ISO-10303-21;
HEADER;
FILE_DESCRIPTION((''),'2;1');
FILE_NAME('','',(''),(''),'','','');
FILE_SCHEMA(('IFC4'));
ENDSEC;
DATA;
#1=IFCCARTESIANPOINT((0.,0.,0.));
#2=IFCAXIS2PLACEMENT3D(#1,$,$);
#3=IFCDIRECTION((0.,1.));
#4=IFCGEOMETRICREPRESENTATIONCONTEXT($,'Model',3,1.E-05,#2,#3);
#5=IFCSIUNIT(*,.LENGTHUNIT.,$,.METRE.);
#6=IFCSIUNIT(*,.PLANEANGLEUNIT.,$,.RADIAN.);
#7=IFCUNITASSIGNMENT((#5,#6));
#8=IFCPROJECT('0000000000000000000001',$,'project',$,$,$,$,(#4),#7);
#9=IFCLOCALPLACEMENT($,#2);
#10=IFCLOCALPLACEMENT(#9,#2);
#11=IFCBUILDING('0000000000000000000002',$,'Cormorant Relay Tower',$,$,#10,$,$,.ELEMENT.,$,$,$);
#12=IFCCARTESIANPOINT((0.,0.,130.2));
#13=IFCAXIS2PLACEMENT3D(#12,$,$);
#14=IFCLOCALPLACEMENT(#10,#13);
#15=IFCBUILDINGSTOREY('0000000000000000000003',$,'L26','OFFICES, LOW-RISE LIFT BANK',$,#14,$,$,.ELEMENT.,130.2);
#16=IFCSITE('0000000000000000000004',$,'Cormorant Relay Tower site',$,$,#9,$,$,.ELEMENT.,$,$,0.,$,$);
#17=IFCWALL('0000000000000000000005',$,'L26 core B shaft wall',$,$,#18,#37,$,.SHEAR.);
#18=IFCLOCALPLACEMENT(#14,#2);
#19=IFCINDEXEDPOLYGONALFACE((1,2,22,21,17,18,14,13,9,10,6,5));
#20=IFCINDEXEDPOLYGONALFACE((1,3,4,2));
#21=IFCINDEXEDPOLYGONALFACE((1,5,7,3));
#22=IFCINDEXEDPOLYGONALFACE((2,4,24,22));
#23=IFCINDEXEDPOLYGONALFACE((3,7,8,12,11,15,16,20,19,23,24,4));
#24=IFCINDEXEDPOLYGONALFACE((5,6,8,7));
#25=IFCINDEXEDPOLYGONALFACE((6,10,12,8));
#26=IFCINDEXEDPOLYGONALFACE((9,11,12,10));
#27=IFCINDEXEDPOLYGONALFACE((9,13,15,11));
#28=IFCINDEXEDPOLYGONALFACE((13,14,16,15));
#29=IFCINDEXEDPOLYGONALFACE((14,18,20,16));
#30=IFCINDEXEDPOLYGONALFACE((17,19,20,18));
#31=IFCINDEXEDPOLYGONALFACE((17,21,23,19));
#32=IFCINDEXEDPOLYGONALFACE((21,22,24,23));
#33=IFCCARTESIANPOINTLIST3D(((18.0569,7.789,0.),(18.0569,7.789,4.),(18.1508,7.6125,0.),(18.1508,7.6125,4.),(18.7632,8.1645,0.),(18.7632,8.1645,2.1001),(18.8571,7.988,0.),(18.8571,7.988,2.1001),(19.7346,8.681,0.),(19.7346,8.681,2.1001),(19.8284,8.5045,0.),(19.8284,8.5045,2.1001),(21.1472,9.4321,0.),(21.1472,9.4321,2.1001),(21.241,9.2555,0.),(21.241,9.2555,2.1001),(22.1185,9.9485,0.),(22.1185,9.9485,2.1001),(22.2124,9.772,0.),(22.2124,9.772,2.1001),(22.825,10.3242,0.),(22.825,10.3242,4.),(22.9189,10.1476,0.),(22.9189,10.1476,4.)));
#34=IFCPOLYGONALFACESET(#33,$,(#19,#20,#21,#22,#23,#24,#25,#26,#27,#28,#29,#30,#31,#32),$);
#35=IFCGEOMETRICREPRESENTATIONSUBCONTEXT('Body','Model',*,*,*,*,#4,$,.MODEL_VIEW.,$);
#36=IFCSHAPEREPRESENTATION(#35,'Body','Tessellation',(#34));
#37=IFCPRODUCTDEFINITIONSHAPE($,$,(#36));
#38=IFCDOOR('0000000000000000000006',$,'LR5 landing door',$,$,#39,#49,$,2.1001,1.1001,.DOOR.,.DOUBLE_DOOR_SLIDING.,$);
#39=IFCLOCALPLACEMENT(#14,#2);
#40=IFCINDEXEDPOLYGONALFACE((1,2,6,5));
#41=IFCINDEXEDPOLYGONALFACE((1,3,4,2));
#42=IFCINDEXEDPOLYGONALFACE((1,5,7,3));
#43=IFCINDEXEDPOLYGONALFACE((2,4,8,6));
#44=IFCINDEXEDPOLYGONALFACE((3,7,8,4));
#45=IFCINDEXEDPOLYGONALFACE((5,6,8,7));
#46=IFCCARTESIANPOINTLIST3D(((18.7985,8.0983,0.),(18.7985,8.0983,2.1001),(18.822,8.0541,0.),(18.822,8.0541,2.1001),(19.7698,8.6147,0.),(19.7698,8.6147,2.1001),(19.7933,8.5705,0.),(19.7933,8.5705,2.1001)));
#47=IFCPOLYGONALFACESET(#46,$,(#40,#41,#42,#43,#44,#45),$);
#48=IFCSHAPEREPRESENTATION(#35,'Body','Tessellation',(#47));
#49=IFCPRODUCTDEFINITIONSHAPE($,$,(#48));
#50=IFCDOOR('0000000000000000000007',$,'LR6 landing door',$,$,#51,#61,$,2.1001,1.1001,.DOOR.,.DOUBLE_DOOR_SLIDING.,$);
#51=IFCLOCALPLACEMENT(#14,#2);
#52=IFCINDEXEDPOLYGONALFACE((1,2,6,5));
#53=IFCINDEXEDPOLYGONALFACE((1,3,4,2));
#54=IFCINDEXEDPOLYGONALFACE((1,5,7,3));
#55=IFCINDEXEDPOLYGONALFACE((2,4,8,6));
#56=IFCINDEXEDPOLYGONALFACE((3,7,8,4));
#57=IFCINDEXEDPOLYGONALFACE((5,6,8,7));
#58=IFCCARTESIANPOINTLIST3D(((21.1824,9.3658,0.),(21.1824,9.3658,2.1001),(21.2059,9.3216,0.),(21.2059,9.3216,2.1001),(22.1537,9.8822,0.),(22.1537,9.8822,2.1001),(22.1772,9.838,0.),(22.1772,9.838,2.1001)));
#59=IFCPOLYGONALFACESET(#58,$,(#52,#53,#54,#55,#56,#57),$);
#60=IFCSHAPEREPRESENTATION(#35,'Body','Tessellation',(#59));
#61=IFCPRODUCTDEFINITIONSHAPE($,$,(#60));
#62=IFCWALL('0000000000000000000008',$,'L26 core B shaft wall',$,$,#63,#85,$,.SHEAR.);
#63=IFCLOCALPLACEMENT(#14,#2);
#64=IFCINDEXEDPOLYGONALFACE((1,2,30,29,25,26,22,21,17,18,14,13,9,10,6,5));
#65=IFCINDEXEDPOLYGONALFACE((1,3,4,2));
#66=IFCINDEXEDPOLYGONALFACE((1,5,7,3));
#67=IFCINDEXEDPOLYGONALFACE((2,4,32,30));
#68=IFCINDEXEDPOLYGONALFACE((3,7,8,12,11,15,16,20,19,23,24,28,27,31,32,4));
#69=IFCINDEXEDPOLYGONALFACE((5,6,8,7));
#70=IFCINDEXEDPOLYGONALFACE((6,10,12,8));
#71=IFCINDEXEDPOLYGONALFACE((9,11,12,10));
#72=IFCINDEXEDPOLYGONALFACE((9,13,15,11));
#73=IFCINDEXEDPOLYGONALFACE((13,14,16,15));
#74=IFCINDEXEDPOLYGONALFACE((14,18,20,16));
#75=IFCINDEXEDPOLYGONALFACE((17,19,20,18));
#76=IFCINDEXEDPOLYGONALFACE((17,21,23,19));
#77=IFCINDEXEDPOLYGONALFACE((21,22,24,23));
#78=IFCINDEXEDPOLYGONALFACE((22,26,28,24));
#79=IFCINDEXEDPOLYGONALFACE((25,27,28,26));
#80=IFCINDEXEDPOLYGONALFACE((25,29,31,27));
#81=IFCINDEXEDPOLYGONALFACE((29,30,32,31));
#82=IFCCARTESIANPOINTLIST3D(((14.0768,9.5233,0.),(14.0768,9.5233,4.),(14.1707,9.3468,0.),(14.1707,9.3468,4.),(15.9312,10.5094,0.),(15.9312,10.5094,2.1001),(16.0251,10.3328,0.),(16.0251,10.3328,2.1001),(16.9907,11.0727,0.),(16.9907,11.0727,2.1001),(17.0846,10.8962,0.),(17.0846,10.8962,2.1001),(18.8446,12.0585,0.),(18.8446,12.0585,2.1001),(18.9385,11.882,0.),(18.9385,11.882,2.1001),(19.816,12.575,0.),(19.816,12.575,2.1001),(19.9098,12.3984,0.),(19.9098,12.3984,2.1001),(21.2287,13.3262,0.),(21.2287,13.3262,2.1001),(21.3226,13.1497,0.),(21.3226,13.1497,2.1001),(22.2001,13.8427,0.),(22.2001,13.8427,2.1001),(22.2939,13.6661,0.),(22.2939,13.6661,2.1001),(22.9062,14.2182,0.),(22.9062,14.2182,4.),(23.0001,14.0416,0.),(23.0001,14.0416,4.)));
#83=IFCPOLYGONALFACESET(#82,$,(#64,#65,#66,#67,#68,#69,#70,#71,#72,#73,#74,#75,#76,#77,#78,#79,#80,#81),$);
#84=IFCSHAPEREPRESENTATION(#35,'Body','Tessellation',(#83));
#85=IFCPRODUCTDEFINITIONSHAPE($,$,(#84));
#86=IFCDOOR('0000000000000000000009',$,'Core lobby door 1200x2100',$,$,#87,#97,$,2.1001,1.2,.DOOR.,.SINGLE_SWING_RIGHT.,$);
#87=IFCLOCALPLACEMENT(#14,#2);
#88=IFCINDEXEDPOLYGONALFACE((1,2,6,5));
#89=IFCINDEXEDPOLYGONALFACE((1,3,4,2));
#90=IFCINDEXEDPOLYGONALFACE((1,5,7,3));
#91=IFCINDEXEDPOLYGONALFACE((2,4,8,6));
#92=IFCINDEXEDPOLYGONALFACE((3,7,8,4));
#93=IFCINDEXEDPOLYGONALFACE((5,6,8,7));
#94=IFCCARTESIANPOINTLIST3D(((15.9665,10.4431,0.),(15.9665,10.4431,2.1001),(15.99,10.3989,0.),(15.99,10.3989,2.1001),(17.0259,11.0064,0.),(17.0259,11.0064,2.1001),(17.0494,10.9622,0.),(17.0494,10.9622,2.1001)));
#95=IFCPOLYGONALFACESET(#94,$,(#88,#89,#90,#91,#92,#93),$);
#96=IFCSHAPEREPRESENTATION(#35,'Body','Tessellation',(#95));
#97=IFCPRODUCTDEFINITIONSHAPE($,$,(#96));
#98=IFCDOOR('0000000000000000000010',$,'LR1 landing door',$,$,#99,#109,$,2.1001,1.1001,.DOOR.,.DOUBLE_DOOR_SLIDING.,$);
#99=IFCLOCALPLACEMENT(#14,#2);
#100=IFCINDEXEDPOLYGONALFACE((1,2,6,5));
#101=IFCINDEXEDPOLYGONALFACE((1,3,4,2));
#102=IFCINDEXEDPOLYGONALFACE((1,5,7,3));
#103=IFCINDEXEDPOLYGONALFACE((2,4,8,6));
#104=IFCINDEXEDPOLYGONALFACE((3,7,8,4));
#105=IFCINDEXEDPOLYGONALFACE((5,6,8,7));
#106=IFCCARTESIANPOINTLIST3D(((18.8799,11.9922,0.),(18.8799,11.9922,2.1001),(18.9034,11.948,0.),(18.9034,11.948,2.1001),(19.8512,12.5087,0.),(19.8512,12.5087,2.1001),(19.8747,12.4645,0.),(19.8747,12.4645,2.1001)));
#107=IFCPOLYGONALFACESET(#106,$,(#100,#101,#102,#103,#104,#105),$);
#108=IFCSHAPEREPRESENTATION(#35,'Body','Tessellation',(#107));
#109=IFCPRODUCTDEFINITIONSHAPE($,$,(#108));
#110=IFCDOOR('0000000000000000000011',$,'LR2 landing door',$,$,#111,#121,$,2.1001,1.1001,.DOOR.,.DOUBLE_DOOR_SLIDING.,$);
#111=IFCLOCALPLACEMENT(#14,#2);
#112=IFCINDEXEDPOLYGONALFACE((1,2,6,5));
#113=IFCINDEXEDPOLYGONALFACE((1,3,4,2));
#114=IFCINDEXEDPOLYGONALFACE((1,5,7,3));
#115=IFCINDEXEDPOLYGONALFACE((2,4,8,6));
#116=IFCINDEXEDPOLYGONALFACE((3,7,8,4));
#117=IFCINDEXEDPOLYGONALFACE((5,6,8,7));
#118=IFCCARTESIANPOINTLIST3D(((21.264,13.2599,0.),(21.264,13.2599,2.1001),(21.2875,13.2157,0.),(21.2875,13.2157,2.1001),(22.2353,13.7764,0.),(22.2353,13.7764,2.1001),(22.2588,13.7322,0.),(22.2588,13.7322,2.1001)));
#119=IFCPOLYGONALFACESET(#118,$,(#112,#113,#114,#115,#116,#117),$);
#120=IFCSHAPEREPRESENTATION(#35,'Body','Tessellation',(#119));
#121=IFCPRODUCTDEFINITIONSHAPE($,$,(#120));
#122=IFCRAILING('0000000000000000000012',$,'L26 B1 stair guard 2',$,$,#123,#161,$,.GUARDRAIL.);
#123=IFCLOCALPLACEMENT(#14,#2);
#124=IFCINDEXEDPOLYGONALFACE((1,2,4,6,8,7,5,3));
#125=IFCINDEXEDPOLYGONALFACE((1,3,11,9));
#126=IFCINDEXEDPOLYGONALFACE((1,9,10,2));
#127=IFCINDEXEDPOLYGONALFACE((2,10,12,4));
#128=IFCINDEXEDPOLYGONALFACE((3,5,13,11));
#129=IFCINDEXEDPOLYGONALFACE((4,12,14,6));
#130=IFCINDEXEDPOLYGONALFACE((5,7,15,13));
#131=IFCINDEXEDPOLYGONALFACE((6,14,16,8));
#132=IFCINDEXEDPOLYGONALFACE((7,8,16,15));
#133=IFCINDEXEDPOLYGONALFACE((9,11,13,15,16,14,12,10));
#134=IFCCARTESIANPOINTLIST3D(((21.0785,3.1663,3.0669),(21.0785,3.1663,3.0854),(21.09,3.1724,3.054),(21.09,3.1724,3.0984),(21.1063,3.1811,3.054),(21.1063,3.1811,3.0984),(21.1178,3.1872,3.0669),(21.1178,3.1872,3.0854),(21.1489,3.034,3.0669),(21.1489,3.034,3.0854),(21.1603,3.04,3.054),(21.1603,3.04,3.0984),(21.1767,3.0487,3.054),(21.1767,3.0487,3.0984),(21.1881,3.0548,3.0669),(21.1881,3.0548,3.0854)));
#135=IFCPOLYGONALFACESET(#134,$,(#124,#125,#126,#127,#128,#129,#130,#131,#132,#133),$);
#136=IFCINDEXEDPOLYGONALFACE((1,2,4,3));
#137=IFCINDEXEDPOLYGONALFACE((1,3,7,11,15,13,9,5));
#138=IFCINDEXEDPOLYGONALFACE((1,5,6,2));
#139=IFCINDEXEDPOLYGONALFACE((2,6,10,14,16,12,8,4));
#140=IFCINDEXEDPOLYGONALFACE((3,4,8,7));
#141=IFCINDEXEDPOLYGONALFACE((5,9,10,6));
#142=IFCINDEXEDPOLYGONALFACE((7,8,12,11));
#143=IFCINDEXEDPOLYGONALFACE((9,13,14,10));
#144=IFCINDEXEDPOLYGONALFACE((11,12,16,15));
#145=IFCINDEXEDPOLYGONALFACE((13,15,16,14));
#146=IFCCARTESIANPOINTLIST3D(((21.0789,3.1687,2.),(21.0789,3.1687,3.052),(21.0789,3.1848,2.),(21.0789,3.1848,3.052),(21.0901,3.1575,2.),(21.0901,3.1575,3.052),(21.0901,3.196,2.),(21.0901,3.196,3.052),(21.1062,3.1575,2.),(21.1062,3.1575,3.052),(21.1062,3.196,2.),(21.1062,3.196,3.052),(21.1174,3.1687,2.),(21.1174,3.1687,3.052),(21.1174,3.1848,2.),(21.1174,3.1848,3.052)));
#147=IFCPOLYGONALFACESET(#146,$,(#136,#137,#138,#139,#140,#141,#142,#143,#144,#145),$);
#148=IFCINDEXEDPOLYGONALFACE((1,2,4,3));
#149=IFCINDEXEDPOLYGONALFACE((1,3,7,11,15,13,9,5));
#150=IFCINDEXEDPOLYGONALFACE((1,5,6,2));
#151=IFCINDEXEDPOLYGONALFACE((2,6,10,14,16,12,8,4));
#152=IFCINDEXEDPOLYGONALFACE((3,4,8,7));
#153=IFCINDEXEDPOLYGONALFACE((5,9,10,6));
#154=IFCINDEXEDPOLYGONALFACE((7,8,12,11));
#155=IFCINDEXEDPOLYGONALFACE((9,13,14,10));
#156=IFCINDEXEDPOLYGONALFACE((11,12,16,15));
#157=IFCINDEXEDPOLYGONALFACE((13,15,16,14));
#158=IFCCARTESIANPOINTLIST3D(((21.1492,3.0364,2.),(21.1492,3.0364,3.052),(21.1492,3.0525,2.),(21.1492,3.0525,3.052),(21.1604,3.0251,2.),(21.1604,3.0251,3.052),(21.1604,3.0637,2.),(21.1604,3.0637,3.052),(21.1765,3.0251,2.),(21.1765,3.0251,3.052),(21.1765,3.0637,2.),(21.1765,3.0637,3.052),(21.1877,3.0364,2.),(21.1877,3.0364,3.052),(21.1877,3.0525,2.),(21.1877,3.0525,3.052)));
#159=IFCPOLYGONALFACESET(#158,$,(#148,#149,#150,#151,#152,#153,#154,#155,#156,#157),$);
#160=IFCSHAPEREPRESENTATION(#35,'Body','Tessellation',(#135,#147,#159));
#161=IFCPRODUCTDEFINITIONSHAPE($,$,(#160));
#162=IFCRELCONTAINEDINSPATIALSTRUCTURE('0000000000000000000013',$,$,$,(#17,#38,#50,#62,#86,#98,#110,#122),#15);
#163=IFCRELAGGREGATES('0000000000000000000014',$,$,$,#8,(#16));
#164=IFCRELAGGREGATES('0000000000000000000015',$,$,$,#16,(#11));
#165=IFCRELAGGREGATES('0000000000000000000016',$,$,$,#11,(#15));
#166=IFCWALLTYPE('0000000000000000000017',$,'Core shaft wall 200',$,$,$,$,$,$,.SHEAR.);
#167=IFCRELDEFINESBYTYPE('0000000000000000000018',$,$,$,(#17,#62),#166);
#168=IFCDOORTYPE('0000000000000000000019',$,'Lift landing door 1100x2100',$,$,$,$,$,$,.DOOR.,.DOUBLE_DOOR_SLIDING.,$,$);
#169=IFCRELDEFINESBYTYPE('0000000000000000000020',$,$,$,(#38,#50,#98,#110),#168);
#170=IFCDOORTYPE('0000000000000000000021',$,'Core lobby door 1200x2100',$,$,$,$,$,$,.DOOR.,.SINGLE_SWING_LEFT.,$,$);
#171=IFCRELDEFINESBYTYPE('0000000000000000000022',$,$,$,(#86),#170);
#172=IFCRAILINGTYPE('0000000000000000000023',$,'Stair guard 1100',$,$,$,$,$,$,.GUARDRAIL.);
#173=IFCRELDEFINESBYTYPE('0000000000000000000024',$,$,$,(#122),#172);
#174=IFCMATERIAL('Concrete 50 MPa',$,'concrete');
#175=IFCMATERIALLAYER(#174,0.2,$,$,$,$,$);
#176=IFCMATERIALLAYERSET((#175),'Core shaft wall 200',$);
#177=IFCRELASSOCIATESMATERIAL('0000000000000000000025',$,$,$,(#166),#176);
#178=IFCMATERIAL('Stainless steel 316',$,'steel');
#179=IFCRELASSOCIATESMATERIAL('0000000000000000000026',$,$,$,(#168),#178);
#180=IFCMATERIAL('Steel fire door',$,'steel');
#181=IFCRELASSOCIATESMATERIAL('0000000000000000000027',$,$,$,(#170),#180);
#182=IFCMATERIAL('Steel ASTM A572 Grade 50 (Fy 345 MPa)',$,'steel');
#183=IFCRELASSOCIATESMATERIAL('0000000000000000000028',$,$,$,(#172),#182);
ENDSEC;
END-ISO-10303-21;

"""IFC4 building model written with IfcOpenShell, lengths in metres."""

from ifc_helpers import new_model, si_unit, direction, frame, frame_2d, origin, place, context, subcontext, project, spatial, polyline, rectangle, outline, extrude, material, layer, layer_set, type_object, element, fill, save


model = new_model("IFC4")

# Units and contexts
model_context = context("Model", 3, precision=1e-05, world=origin(), true_north=direction((0.0, 1.0)))
body_context = subcontext(model_context, "Body", "Model", "MODEL_VIEW")
ifc_project = project(units=[si_unit("LENGTHUNIT", "METRE"), si_unit("PLANEANGLEUNIT", "RADIAN")], contexts=[model_context])

# Site, building, storey
site_placement = place(None, origin())
site = spatial("IfcSite", under=ifc_project, at=site_placement, Name="Cormorant Relay Tower site", CompositionType="ELEMENT", RefElevation=0.0)
building_placement = place(site_placement, origin())
building = spatial("IfcBuilding", under=site, at=building_placement, Name="Cormorant Relay Tower", CompositionType="ELEMENT")
storey_placement = place(building_placement, frame((0.0, 0.0, 130.2)))
storey = spatial("IfcBuildingStorey", under=building, at=storey_placement, Name="L26", Description="OFFICES, LOW-RISE LIFT BANK", CompositionType="ELEMENT", Elevation=130.2)

# Shared definitions
ifc_material_1 = material(Name="Concrete 50 MPa", Category="concrete")
ifc_layer_1 = layer(ifc_material_1, 0.2)
ifc_layer_set_1 = layer_set([ifc_layer_1], Name="Core shaft wall 200")
wall_type_1 = type_object("IfcWallType", Name="Core shaft wall 200", PredefinedType="SHEAR", material=ifc_layer_set_1)

# Walls, openings, doors
wall_1_placement = place(storey_placement, frame((18.1038, 7.7007, 0.0), z_axis=(0.0, 0.0, 1.0), x_axis=(0.882953, 0.469462, 0.0)))
wall_1 = element("IfcWall", 1, at=wall_1_placement, inside=storey, type_object=wall_type_1, Name="L26 core B shaft wall", PredefinedType="SHEAR", context=body_context, shape_type="SweptSolid", body=[
    extrude(rectangle(XDim=5.4001, YDim=0.2, at=frame_2d((2.7002, 0.0))), origin(), (0.0, 0.0, 1.0), 4.0),
])
opening_1_placement = place(wall_1_placement, frame((0.8, 0.0, 0.0)))
opening_1 = element("IfcOpeningElement", 2, at=opening_1_placement, cuts=wall_1, PredefinedType="OPENING", context=body_context, shape_type="SweptSolid", body=[
    extrude(rectangle(XDim=1.1001, YDim=2.1001, at=frame_2d((0.55, 1.05))), frame((0.0, 0.1099, 0.0), z_axis=(0.0, -1.0, 0.0), x_axis=(1.0, 0.0, 0.0)), (0.0, 0.0, 1.0), 0.22),
])
opening_2_placement = place(wall_1_placement, frame((3.5, 0.0, 0.0)))
opening_2 = element("IfcOpeningElement", 3, at=opening_2_placement, cuts=wall_1, PredefinedType="OPENING", context=body_context, shape_type="SweptSolid", body=[
    extrude(rectangle(XDim=1.1001, YDim=2.1001, at=frame_2d((0.55, 1.05))), frame((0.0, 0.1099, 0.0), z_axis=(0.0, -1.0, 0.0), x_axis=(1.0, 0.0, 0.0)), (0.0, 0.0, 1.0), 0.22),
])
ifc_material_2 = material(Name="Stainless steel 316", Category="steel")
door_type_1 = type_object("IfcDoorType", Name="Lift landing door 1100x2100", OperationType="DOUBLE_DOOR_SLIDING", PredefinedType="DOOR", material=ifc_material_2)
door_1_placement = place(opening_1_placement, origin())
door_1 = element("IfcDoor", 4, at=door_1_placement, inside=storey, type_object=door_type_1, Name="LR5 landing door", OperationType="DOUBLE_DOOR_SLIDING", OverallHeight=2.1001, OverallWidth=1.1001, PredefinedType="DOOR", context=body_context, shape_type="SweptSolid", body=[
    extrude(rectangle(XDim=1.1001, YDim=2.1001, at=frame_2d((0.55, 1.05))), frame((0.0, 0.0249, 0.0), z_axis=(0.0, -1.0, 0.0), x_axis=(1.0, 0.0, 0.0)), (0.0, 0.0, 1.0), 0.05),
])
fill(opening_1, door_1)
door_2_placement = place(opening_2_placement, origin())
door_2 = element("IfcDoor", 5, at=door_2_placement, inside=storey, type_object=door_type_1, Name="LR6 landing door", OperationType="DOUBLE_DOOR_SLIDING", OverallHeight=2.1001, OverallWidth=1.1001, PredefinedType="DOOR", context=body_context, shape_type="SweptSolid", body=[
    extrude(rectangle(XDim=1.1001, YDim=2.1001, at=frame_2d((0.55, 1.05))), frame((0.0, 0.0249, 0.0), z_axis=(0.0, -1.0, 0.0), x_axis=(1.0, 0.0, 0.0)), (0.0, 0.0, 1.0), 0.05),
])
fill(opening_2, door_2)
wall_2_placement = place(storey_placement, frame((14.1238, 9.4351, 0.0), z_axis=(0.0, 0.0, 1.0), x_axis=(0.88294, 0.469485, 0.0)))
wall_2 = element("IfcWall", 6, at=wall_2_placement, inside=storey, type_object=wall_type_1, Name="L26 core B shaft wall", PredefinedType="SHEAR", context=body_context, shape_type="SweptSolid", body=[
    extrude(rectangle(XDim=10.0, YDim=0.2, at=frame_2d((5.0, 0.0))), origin(), (0.0, 0.0, 1.0), 4.0),
])
opening_3_placement = place(wall_2_placement, frame((2.1001, 0.0, 0.0)))
opening_3 = element("IfcOpeningElement", 7, at=opening_3_placement, cuts=wall_2, PredefinedType="OPENING", context=body_context, shape_type="SweptSolid", body=[
    extrude(rectangle(XDim=1.2, YDim=2.1001, at=frame_2d((0.6001, 1.05))), frame((0.0, 0.1099, 0.0), z_axis=(0.0, -1.0, 0.0), x_axis=(1.0, 0.0, 0.0)), (0.0, 0.0, 1.0), 0.22),
])
opening_4_placement = place(wall_2_placement, frame((5.3999, 0.0, 0.0)))
opening_4 = element("IfcOpeningElement", 8, at=opening_4_placement, cuts=wall_2, PredefinedType="OPENING", context=body_context, shape_type="SweptSolid", body=[
    extrude(rectangle(XDim=1.1001, YDim=2.1001, at=frame_2d((0.55, 1.05))), frame((0.0, 0.1099, 0.0), z_axis=(0.0, -1.0, 0.0), x_axis=(1.0, 0.0, 0.0)), (0.0, 0.0, 1.0), 0.22),
])
opening_5_placement = place(wall_2_placement, frame((8.1001, 0.0, 0.0)))
opening_5 = element("IfcOpeningElement", 9, at=opening_5_placement, cuts=wall_2, PredefinedType="OPENING", context=body_context, shape_type="SweptSolid", body=[
    extrude(rectangle(XDim=1.1001, YDim=2.1001, at=frame_2d((0.55, 1.05))), frame((0.0, 0.1099, 0.0), z_axis=(0.0, -1.0, 0.0), x_axis=(1.0, 0.0, 0.0)), (0.0, 0.0, 1.0), 0.22),
])
ifc_material_3 = material(Name="Steel fire door", Category="steel")
door_type_2 = type_object("IfcDoorType", Name="Core lobby door 1200x2100", OperationType="SINGLE_SWING_LEFT", PredefinedType="DOOR", material=ifc_material_3)
door_3_placement = place(opening_3_placement, origin())
door_3 = element("IfcDoor", 10, at=door_3_placement, inside=storey, type_object=door_type_2, Name="Core lobby door 1200x2100", OperationType="SINGLE_SWING_RIGHT", OverallHeight=2.1001, OverallWidth=1.2, PredefinedType="DOOR", context=body_context, shape_type="SweptSolid", body=[
    extrude(rectangle(XDim=1.2, YDim=2.1001, at=frame_2d((0.6001, 1.05))), frame((0.0, 0.0249, 0.0), z_axis=(0.0, -1.0, 0.0), x_axis=(1.0, 0.0, 0.0)), (0.0, 0.0, 1.0), 0.05),
])
fill(opening_3, door_3)
door_4_placement = place(opening_4_placement, origin())
door_4 = element("IfcDoor", 11, at=door_4_placement, inside=storey, type_object=door_type_1, Name="LR1 landing door", OperationType="DOUBLE_DOOR_SLIDING", OverallHeight=2.1001, OverallWidth=1.1001, PredefinedType="DOOR", context=body_context, shape_type="SweptSolid", body=[
    extrude(rectangle(XDim=1.1001, YDim=2.1001, at=frame_2d((0.55, 1.05))), frame((0.0, 0.0249, 0.0), z_axis=(0.0, -1.0, 0.0), x_axis=(1.0, 0.0, 0.0)), (0.0, 0.0, 1.0), 0.05),
])
fill(opening_4, door_4)
door_5_placement = place(opening_5_placement, origin())
door_5 = element("IfcDoor", 12, at=door_5_placement, inside=storey, type_object=door_type_1, Name="LR2 landing door", OperationType="DOUBLE_DOOR_SLIDING", OverallHeight=2.1001, OverallWidth=1.1001, PredefinedType="DOOR", context=body_context, shape_type="SweptSolid", body=[
    extrude(rectangle(XDim=1.1001, YDim=2.1001, at=frame_2d((0.55, 1.05))), frame((0.0, 0.0249, 0.0), z_axis=(0.0, -1.0, 0.0), x_axis=(1.0, 0.0, 0.0)), (0.0, 0.0, 1.0), 0.05),
])
fill(opening_5, door_5)

# Railing
ifc_material_4 = material(Name="Steel ASTM A572 Grade 50 (Fy 345 MPa)", Category="steel")
railing_type = type_object("IfcRailingType", Name="Stair guard 1100", PredefinedType="GUARDRAIL", material=ifc_material_4)
railing_1_placement = place(storey_placement, frame((21.0981, 3.1768, 2.0)))
element("IfcRailing", 13, at=railing_1_placement, inside=storey, type_object=railing_type, Name="L26 B1 stair guard 2", PredefinedType="GUARDRAIL", context=body_context, shape_type="SweptSolid", body=[
    extrude(outline(polyline([(0.0222, 0.0093), (0.0093, 0.0222), (-0.0093, 0.0222), (-0.0222, 0.0093), (-0.0222, -0.0093), (-0.0093, -0.0222), (0.0093, -0.0222), (0.0222, -0.0093), (0.0222, 0.0093)])), frame((0.0, 0.0, 1.0762), z_axis=(0.469235, -0.883074, 0.0), x_axis=(0.883074, 0.469235, 0.0)), (0.0, 0.0, 1.0), 0.1499),
    extrude(outline(polyline([(0.0193, 0.0081), (0.0081, 0.0193), (-0.0081, 0.0193), (-0.0193, 0.0081), (-0.0193, -0.0081), (-0.0081, -0.0193), (0.0081, -0.0193), (0.0193, -0.0081), (0.0193, 0.0081)])), origin(), (0.0, 0.0, 1.0), 1.052),
    extrude(outline(polyline([(0.0193, 0.0081), (0.0081, 0.0193), (-0.0081, 0.0193), (-0.0193, 0.0081), (-0.0193, -0.0081), (-0.0081, -0.0193), (0.0081, -0.0193), (0.0193, -0.0081), (0.0193, 0.0081)])), frame((0.0703, -0.1323, 0.0)), (0.0, 0.0, 1.0), 1.052),
])

save(model, "model.ifc")
